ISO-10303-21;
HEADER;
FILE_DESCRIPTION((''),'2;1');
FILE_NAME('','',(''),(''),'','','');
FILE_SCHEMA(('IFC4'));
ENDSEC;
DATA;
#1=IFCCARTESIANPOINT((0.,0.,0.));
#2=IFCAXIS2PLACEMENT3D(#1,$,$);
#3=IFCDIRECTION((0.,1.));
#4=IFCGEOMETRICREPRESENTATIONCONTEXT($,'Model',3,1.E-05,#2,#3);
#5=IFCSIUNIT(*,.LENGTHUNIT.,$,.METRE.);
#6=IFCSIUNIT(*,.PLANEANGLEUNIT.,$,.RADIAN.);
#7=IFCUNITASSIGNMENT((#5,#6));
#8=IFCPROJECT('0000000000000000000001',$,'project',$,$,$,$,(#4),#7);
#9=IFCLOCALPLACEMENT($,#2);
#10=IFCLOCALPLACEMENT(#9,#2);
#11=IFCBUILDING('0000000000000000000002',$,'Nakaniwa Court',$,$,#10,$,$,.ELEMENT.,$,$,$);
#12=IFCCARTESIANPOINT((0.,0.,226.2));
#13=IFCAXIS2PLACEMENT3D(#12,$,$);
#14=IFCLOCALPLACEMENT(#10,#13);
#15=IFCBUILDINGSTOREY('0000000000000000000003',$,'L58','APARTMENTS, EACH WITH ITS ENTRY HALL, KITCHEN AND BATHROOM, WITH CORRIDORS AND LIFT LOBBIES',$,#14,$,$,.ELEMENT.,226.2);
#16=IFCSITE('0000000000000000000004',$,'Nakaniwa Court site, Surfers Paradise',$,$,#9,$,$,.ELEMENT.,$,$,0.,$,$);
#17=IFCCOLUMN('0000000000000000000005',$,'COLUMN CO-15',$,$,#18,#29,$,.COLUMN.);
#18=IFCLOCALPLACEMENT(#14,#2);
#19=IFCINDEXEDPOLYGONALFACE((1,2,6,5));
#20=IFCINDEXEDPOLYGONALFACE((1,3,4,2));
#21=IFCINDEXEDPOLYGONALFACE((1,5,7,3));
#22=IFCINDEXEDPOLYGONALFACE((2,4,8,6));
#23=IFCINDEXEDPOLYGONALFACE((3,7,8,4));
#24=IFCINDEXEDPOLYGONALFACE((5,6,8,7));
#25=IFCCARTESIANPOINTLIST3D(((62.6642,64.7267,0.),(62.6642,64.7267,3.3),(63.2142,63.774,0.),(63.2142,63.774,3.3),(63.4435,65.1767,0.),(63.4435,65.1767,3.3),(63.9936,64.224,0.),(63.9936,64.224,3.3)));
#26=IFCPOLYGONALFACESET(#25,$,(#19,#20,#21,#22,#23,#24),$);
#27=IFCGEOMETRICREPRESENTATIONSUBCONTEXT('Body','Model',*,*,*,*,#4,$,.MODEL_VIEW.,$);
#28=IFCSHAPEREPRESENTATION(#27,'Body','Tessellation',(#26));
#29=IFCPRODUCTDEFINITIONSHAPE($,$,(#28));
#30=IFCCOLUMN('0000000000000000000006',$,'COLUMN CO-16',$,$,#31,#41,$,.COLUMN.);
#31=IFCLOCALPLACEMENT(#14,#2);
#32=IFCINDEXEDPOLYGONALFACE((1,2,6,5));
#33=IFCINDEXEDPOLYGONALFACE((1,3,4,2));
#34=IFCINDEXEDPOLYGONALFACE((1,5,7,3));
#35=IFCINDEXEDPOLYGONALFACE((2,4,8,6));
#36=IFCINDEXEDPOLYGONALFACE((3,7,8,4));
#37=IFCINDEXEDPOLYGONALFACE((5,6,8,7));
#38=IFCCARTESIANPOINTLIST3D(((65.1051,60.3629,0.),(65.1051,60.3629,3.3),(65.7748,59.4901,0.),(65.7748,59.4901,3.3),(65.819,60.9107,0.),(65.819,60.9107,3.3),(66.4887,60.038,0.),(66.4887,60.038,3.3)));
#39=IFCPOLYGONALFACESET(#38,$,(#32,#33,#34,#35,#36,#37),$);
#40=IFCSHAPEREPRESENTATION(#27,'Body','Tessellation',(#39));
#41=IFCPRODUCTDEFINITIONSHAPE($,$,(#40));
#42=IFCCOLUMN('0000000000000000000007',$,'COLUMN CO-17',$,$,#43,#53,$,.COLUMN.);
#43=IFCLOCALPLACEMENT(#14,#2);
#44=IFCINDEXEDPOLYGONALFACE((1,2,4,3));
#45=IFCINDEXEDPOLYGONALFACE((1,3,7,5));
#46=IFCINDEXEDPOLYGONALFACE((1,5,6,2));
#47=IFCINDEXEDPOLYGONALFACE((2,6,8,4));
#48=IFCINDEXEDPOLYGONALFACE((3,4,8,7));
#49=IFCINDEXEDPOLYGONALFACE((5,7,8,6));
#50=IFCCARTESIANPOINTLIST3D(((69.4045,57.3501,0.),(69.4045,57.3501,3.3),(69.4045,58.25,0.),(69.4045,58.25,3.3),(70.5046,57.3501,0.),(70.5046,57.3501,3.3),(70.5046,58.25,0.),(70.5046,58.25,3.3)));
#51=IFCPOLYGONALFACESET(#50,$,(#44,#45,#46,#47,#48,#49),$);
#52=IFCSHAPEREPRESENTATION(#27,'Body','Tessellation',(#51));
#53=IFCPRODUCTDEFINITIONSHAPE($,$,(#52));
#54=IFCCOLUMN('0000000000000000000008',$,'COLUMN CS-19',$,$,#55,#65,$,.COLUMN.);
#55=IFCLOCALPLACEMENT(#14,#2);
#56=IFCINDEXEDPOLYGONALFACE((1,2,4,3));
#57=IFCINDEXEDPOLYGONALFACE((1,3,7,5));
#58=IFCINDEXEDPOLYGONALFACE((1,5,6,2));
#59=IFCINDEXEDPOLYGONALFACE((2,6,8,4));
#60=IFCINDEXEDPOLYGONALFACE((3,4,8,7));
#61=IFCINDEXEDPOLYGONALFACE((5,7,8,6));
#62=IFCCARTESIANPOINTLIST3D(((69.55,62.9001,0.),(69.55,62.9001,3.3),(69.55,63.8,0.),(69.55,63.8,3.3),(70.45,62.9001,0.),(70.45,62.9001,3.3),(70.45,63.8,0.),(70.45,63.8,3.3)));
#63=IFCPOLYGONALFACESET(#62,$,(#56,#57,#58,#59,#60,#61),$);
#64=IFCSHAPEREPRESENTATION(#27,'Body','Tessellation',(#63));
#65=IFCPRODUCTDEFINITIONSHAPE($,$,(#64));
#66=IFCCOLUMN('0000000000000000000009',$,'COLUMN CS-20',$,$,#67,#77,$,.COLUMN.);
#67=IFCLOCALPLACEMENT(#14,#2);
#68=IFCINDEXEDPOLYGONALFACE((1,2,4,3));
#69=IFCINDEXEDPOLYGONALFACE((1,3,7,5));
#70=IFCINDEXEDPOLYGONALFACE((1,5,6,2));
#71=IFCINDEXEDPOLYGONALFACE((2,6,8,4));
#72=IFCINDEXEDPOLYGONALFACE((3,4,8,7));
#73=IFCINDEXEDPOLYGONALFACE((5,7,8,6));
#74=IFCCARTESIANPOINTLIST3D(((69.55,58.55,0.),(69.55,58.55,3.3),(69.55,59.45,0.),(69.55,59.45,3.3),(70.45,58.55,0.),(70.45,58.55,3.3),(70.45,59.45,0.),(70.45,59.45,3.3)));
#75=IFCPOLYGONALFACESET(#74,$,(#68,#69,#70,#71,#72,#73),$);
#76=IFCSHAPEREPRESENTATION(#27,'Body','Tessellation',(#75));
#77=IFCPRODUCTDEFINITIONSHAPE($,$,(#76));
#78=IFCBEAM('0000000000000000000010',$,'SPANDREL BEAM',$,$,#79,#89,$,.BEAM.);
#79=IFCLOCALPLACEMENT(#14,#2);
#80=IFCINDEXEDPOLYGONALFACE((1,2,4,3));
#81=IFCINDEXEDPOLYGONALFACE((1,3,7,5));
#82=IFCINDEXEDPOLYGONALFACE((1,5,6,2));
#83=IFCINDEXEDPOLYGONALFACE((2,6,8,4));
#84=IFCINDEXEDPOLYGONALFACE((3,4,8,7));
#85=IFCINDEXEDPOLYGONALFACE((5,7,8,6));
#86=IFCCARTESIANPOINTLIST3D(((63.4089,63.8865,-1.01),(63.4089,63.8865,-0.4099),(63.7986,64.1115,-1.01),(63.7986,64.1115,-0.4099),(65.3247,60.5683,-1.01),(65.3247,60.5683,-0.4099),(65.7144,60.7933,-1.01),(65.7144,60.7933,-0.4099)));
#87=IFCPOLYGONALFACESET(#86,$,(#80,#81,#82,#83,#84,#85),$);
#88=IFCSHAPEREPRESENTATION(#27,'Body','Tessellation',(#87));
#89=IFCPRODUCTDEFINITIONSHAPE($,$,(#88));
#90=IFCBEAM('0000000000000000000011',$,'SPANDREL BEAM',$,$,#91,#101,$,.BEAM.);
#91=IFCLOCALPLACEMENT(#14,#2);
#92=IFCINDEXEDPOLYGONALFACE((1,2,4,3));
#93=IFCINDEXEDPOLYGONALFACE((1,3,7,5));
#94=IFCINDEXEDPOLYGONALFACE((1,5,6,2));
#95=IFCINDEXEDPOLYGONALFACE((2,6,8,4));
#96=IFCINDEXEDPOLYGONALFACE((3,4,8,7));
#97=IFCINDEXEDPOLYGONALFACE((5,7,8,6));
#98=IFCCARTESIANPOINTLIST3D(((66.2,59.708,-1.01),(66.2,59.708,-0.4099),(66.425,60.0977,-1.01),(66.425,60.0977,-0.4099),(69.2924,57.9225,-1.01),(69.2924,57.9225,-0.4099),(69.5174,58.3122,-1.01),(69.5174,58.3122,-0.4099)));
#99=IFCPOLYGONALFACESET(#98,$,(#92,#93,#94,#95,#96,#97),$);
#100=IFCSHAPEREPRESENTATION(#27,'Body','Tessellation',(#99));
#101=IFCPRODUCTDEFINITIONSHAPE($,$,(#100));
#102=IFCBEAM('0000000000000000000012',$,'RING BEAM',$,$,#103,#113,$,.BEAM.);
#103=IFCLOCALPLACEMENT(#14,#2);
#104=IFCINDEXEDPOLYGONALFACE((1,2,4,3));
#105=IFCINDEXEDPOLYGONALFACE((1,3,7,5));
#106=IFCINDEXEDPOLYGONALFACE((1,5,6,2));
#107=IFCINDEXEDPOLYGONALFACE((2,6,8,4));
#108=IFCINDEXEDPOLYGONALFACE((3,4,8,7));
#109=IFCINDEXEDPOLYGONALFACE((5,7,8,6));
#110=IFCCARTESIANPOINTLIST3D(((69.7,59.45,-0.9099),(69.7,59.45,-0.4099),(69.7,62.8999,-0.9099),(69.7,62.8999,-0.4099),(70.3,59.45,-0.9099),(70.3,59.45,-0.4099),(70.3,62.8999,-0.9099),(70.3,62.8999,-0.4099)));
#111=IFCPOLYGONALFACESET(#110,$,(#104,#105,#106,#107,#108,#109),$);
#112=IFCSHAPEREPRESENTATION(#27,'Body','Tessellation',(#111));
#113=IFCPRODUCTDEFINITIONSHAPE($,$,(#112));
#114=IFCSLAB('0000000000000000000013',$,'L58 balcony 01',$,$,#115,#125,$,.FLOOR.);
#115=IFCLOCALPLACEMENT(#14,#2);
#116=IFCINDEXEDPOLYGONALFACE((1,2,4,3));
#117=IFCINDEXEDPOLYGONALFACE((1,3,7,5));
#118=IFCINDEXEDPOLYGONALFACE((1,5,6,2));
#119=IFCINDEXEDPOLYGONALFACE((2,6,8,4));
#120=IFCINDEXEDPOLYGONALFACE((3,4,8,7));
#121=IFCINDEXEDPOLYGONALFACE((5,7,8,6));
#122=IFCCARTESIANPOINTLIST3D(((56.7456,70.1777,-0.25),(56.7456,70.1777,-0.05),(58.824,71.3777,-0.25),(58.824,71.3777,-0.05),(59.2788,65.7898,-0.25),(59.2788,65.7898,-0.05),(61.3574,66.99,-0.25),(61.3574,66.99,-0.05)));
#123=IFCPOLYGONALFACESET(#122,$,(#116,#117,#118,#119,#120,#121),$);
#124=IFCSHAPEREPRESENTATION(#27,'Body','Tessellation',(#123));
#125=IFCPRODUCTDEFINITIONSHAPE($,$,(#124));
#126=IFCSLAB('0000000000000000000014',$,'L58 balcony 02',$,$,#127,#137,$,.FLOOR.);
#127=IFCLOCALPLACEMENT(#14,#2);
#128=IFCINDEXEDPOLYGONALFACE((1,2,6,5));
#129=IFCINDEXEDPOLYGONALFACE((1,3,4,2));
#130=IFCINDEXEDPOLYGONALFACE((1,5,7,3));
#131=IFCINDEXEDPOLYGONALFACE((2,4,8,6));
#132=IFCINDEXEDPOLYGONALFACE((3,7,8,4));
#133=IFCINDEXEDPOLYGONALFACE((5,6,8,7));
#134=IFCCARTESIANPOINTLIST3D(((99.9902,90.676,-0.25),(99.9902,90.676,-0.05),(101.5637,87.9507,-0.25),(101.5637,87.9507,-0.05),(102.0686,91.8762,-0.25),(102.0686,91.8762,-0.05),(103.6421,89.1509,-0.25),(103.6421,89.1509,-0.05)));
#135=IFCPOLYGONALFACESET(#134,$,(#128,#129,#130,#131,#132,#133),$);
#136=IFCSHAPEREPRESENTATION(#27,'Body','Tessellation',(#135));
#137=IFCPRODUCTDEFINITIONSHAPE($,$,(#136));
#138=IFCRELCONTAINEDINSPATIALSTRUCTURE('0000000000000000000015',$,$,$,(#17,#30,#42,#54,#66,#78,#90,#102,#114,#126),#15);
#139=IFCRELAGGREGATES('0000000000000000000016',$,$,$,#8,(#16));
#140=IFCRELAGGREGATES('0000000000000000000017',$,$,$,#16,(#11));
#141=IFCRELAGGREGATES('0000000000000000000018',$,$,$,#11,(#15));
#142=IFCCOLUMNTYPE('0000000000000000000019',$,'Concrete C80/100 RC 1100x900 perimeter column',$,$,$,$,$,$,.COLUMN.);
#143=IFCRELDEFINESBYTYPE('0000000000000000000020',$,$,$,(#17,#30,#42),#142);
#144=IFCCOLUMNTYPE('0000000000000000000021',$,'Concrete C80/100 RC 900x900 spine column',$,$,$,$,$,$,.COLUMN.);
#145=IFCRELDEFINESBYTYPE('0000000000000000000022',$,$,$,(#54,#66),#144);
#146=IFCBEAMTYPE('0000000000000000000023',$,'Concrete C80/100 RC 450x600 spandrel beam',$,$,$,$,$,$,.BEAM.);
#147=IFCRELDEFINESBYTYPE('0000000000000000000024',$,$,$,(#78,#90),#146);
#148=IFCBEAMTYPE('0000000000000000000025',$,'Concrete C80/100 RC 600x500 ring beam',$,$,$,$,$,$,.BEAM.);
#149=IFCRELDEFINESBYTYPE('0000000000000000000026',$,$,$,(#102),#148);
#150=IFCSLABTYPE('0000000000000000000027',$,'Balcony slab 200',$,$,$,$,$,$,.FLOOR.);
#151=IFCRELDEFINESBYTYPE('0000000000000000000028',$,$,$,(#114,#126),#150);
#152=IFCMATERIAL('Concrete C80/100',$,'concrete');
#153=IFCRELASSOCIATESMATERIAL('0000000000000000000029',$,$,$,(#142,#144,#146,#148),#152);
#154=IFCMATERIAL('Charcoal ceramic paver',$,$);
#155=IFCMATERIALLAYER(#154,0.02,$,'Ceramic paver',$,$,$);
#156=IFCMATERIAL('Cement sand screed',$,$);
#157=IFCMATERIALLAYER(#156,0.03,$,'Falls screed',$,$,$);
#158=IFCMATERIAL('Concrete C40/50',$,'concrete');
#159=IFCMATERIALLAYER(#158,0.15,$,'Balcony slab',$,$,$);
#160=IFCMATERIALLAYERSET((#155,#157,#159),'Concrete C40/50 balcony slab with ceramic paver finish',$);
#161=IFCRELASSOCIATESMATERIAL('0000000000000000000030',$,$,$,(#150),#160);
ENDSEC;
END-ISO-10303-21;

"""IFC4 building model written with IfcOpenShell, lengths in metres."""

from ifc_helpers import new_model, si_unit, direction, frame, origin, origin_2d, place, context, subcontext, project, spatial, polyline, rectangle, outline, extrude, material, layer, layer_set, material_profile, profile_set, type_object, element, save


model = new_model("IFC4")

# Units and contexts
model_context = context("Model", 3, precision=1e-05, world=origin(), true_north=direction((0.0, 1.0)))
body_context = subcontext(model_context, "Body", "Model", "MODEL_VIEW")
ifc_project = project(units=[si_unit("LENGTHUNIT", "METRE"), si_unit("PLANEANGLEUNIT", "RADIAN")], contexts=[model_context])

# Site, building, storey
site_placement = place(None, origin())
site = spatial("IfcSite", under=ifc_project, at=site_placement, Name="Nakaniwa Court site, Surfers Paradise", CompositionType="ELEMENT", RefElevation=0.0)
building_placement = place(site_placement, origin())
building = spatial("IfcBuilding", under=site, at=building_placement, Name="Nakaniwa Court", CompositionType="ELEMENT")
storey_placement = place(building_placement, frame((0.0, 0.0, 226.2)))
storey = spatial("IfcBuildingStorey", under=building, at=storey_placement, Name="L58", Description="APARTMENTS, EACH WITH ITS ENTRY HALL, KITCHEN AND BATHROOM, WITH CORRIDORS AND LIFT LOBBIES", CompositionType="ELEMENT", Elevation=226.2)

# Columns
ifc_material_1 = material(Name="Concrete C80/100", Category="concrete")
ifc_material_profile_1 = material_profile(ifc_material_1, rectangle(XDim=1.1001, YDim=0.8999, at=origin_2d()), Name="Concrete C80/100 RC 1100x900 perimeter column")
ifc_profile_set_1 = profile_set([ifc_material_profile_1], Name="Concrete C80/100")
column_type_1 = type_object("IfcColumnType", Name="Concrete C80/100 RC 1100x900 perimeter column", PredefinedType="COLUMN", material=ifc_profile_set_1)
for number, where, z_axis, x_axis, name in (
    (1, (63.3289, 64.4753, 0.0), (0.0, 0.0, 1.0), (0.5, -0.866025, 0.0), "COLUMN CO-15"),
    (2, (65.7969, 60.2004, 0.0), (0.0, 0.0, 1.0), (0.608761, -0.793353, 0.0), "COLUMN CO-16"),
    (3, (69.9546, 57.8, 0.0), (0.0, 0.0, 1.0), (1.0, 0.0, 0.0), "COLUMN CO-17"),
):
    element("IfcColumn", number, at=place(storey_placement, frame(where, z_axis=z_axis, x_axis=x_axis)), inside=storey, type_object=column_type_1, Name=name, PredefinedType="COLUMN", context=body_context, shape_type="SweptSolid", body=[
        extrude(rectangle(XDim=1.1001, YDim=0.8999, at=origin_2d()), origin(), (0.0, 0.0, 1.0), 3.3),
    ])
ifc_material_profile_2 = material_profile(ifc_material_1, rectangle(XDim=0.8999, YDim=0.8999, at=origin_2d()), Name="Concrete C80/100 RC 900x900 spine column")
ifc_profile_set_2 = profile_set([ifc_material_profile_2], Name="Concrete C80/100")
column_type_2 = type_object("IfcColumnType", Name="Concrete C80/100 RC 900x900 spine column", PredefinedType="COLUMN", material=ifc_profile_set_2)
for number, where, z_axis, x_axis, name in (
    (4, (70.0, 63.3501, 0.0), (0.0, 0.0, 1.0), (0.0, -1.0, 0.0), "COLUMN CS-19"),
    (5, (70.0, 59.0, 0.0), (0.0, 0.0, 1.0), (0.0, -1.0, 0.0), "COLUMN CS-20"),
):
    element("IfcColumn", number, at=place(storey_placement, frame(where, z_axis=z_axis, x_axis=x_axis)), inside=storey, type_object=column_type_2, Name=name, PredefinedType="COLUMN", context=body_context, shape_type="SweptSolid", body=[
        extrude(rectangle(XDim=0.8999, YDim=0.8999, at=origin_2d()), origin(), (0.0, 0.0, 1.0), 3.3),
    ])

# Beams
ifc_material_profile_3 = material_profile(ifc_material_1, rectangle(XDim=0.45, YDim=0.6001, at=origin_2d()), Name="Concrete C80/100 RC 450x600 spandrel beam")
ifc_profile_set_3 = profile_set([ifc_material_profile_3], Name="Concrete C80/100")
beam_type_1 = type_object("IfcBeamType", Name="Concrete C80/100 RC 450x600 spandrel beam", PredefinedType="BEAM", material=ifc_profile_set_3)
beam_1_placement = place(storey_placement, frame((63.6038, 63.999, -0.71), z_axis=(0.500011, -0.866019, 0.0), x_axis=(0.866019, 0.500011, 0.0)))
element("IfcBeam", 6, at=beam_1_placement, inside=storey, type_object=beam_type_1, Name="SPANDREL BEAM", PredefinedType="BEAM", context=body_context, shape_type="SweptSolid", body=[
    extrude(rectangle(XDim=0.45, YDim=0.6001, at=origin_2d()), origin(), (0.0, 0.0, 1.0), 3.8315),
])
beam_2_placement = place(storey_placement, frame((66.3125, 59.9028, -0.71), z_axis=(0.866017, -0.500014, 0.0), x_axis=(0.500014, 0.866017, 0.0)))
element("IfcBeam", 7, at=beam_2_placement, inside=storey, type_object=beam_type_1, Name="SPANDREL BEAM", PredefinedType="BEAM", context=body_context, shape_type="SweptSolid", body=[
    extrude(rectangle(XDim=0.45, YDim=0.6001, at=origin_2d()), origin(), (0.0, 0.0, 1.0), 3.5708),
])
ifc_material_profile_4 = material_profile(ifc_material_1, rectangle(XDim=0.6001, YDim=0.5, at=origin_2d()), Name="Concrete C80/100 RC 600x500 ring beam")
ifc_profile_set_4 = profile_set([ifc_material_profile_4], Name="Concrete C80/100")
beam_type_2 = type_object("IfcBeamType", Name="Concrete C80/100 RC 600x500 ring beam", PredefinedType="BEAM", material=ifc_profile_set_4)
beam_3_placement = place(storey_placement, frame((70.0, 62.8999, -0.6599), z_axis=(0.0, -1.0, 0.0), x_axis=(1.0, 0.0, 0.0)))
element("IfcBeam", 8, at=beam_3_placement, inside=storey, type_object=beam_type_2, Name="RING BEAM", PredefinedType="BEAM", context=body_context, shape_type="SweptSolid", body=[
    extrude(rectangle(XDim=0.6001, YDim=0.5, at=origin_2d()), origin(), (0.0, 0.0, 1.0), 3.45),
])

# Slabs
ifc_material_2 = material(Name="Charcoal ceramic paver")
ifc_layer_1 = layer(ifc_material_2, 0.02, Name="Ceramic paver")
ifc_material_3 = material(Name="Cement sand screed")
ifc_layer_2 = layer(ifc_material_3, 0.03, Name="Falls screed")
ifc_material_4 = material(Name="Concrete C40/50", Category="concrete")
ifc_layer_3 = layer(ifc_material_4, 0.15, Name="Balcony slab")
ifc_layer_set_1 = layer_set([ifc_layer_1, ifc_layer_2, ifc_layer_3], Name="Concrete C40/50 balcony slab with ceramic paver finish")
slab_type_1 = type_object("IfcSlabType", Name="Balcony slab 200", PredefinedType="FLOOR", material=ifc_layer_set_1)
slab_1_placement = place(storey_placement, frame((0.0, 0.0, -0.25)))
element("IfcSlab", 9, at=slab_1_placement, inside=storey, type_object=slab_type_1, Name="L58 balcony 01", PredefinedType="FLOOR", context=body_context, shape_type="SweptSolid", body=[
    extrude(outline(polyline([(58.824, 71.3777), (61.3574, 66.99), (59.2788, 65.7898), (56.7456, 70.1777), (58.824, 71.3777)])), origin(), (0.0, 0.0, 1.0), 0.2),
])
slab_2_placement = place(storey_placement, frame((0.0, 0.0, -0.25)))
element("IfcSlab", 10, at=slab_2_placement, inside=storey, type_object=slab_type_1, Name="L58 balcony 02", PredefinedType="FLOOR", context=body_context, shape_type="SweptSolid", body=[
    extrude(outline(polyline([(101.5637, 87.9507), (99.9902, 90.676), (102.0686, 91.8762), (103.6421, 89.1509), (101.5637, 87.9507)])), origin(), (0.0, 0.0, 1.0), 0.2),
])

save(model, "model.ifc")
